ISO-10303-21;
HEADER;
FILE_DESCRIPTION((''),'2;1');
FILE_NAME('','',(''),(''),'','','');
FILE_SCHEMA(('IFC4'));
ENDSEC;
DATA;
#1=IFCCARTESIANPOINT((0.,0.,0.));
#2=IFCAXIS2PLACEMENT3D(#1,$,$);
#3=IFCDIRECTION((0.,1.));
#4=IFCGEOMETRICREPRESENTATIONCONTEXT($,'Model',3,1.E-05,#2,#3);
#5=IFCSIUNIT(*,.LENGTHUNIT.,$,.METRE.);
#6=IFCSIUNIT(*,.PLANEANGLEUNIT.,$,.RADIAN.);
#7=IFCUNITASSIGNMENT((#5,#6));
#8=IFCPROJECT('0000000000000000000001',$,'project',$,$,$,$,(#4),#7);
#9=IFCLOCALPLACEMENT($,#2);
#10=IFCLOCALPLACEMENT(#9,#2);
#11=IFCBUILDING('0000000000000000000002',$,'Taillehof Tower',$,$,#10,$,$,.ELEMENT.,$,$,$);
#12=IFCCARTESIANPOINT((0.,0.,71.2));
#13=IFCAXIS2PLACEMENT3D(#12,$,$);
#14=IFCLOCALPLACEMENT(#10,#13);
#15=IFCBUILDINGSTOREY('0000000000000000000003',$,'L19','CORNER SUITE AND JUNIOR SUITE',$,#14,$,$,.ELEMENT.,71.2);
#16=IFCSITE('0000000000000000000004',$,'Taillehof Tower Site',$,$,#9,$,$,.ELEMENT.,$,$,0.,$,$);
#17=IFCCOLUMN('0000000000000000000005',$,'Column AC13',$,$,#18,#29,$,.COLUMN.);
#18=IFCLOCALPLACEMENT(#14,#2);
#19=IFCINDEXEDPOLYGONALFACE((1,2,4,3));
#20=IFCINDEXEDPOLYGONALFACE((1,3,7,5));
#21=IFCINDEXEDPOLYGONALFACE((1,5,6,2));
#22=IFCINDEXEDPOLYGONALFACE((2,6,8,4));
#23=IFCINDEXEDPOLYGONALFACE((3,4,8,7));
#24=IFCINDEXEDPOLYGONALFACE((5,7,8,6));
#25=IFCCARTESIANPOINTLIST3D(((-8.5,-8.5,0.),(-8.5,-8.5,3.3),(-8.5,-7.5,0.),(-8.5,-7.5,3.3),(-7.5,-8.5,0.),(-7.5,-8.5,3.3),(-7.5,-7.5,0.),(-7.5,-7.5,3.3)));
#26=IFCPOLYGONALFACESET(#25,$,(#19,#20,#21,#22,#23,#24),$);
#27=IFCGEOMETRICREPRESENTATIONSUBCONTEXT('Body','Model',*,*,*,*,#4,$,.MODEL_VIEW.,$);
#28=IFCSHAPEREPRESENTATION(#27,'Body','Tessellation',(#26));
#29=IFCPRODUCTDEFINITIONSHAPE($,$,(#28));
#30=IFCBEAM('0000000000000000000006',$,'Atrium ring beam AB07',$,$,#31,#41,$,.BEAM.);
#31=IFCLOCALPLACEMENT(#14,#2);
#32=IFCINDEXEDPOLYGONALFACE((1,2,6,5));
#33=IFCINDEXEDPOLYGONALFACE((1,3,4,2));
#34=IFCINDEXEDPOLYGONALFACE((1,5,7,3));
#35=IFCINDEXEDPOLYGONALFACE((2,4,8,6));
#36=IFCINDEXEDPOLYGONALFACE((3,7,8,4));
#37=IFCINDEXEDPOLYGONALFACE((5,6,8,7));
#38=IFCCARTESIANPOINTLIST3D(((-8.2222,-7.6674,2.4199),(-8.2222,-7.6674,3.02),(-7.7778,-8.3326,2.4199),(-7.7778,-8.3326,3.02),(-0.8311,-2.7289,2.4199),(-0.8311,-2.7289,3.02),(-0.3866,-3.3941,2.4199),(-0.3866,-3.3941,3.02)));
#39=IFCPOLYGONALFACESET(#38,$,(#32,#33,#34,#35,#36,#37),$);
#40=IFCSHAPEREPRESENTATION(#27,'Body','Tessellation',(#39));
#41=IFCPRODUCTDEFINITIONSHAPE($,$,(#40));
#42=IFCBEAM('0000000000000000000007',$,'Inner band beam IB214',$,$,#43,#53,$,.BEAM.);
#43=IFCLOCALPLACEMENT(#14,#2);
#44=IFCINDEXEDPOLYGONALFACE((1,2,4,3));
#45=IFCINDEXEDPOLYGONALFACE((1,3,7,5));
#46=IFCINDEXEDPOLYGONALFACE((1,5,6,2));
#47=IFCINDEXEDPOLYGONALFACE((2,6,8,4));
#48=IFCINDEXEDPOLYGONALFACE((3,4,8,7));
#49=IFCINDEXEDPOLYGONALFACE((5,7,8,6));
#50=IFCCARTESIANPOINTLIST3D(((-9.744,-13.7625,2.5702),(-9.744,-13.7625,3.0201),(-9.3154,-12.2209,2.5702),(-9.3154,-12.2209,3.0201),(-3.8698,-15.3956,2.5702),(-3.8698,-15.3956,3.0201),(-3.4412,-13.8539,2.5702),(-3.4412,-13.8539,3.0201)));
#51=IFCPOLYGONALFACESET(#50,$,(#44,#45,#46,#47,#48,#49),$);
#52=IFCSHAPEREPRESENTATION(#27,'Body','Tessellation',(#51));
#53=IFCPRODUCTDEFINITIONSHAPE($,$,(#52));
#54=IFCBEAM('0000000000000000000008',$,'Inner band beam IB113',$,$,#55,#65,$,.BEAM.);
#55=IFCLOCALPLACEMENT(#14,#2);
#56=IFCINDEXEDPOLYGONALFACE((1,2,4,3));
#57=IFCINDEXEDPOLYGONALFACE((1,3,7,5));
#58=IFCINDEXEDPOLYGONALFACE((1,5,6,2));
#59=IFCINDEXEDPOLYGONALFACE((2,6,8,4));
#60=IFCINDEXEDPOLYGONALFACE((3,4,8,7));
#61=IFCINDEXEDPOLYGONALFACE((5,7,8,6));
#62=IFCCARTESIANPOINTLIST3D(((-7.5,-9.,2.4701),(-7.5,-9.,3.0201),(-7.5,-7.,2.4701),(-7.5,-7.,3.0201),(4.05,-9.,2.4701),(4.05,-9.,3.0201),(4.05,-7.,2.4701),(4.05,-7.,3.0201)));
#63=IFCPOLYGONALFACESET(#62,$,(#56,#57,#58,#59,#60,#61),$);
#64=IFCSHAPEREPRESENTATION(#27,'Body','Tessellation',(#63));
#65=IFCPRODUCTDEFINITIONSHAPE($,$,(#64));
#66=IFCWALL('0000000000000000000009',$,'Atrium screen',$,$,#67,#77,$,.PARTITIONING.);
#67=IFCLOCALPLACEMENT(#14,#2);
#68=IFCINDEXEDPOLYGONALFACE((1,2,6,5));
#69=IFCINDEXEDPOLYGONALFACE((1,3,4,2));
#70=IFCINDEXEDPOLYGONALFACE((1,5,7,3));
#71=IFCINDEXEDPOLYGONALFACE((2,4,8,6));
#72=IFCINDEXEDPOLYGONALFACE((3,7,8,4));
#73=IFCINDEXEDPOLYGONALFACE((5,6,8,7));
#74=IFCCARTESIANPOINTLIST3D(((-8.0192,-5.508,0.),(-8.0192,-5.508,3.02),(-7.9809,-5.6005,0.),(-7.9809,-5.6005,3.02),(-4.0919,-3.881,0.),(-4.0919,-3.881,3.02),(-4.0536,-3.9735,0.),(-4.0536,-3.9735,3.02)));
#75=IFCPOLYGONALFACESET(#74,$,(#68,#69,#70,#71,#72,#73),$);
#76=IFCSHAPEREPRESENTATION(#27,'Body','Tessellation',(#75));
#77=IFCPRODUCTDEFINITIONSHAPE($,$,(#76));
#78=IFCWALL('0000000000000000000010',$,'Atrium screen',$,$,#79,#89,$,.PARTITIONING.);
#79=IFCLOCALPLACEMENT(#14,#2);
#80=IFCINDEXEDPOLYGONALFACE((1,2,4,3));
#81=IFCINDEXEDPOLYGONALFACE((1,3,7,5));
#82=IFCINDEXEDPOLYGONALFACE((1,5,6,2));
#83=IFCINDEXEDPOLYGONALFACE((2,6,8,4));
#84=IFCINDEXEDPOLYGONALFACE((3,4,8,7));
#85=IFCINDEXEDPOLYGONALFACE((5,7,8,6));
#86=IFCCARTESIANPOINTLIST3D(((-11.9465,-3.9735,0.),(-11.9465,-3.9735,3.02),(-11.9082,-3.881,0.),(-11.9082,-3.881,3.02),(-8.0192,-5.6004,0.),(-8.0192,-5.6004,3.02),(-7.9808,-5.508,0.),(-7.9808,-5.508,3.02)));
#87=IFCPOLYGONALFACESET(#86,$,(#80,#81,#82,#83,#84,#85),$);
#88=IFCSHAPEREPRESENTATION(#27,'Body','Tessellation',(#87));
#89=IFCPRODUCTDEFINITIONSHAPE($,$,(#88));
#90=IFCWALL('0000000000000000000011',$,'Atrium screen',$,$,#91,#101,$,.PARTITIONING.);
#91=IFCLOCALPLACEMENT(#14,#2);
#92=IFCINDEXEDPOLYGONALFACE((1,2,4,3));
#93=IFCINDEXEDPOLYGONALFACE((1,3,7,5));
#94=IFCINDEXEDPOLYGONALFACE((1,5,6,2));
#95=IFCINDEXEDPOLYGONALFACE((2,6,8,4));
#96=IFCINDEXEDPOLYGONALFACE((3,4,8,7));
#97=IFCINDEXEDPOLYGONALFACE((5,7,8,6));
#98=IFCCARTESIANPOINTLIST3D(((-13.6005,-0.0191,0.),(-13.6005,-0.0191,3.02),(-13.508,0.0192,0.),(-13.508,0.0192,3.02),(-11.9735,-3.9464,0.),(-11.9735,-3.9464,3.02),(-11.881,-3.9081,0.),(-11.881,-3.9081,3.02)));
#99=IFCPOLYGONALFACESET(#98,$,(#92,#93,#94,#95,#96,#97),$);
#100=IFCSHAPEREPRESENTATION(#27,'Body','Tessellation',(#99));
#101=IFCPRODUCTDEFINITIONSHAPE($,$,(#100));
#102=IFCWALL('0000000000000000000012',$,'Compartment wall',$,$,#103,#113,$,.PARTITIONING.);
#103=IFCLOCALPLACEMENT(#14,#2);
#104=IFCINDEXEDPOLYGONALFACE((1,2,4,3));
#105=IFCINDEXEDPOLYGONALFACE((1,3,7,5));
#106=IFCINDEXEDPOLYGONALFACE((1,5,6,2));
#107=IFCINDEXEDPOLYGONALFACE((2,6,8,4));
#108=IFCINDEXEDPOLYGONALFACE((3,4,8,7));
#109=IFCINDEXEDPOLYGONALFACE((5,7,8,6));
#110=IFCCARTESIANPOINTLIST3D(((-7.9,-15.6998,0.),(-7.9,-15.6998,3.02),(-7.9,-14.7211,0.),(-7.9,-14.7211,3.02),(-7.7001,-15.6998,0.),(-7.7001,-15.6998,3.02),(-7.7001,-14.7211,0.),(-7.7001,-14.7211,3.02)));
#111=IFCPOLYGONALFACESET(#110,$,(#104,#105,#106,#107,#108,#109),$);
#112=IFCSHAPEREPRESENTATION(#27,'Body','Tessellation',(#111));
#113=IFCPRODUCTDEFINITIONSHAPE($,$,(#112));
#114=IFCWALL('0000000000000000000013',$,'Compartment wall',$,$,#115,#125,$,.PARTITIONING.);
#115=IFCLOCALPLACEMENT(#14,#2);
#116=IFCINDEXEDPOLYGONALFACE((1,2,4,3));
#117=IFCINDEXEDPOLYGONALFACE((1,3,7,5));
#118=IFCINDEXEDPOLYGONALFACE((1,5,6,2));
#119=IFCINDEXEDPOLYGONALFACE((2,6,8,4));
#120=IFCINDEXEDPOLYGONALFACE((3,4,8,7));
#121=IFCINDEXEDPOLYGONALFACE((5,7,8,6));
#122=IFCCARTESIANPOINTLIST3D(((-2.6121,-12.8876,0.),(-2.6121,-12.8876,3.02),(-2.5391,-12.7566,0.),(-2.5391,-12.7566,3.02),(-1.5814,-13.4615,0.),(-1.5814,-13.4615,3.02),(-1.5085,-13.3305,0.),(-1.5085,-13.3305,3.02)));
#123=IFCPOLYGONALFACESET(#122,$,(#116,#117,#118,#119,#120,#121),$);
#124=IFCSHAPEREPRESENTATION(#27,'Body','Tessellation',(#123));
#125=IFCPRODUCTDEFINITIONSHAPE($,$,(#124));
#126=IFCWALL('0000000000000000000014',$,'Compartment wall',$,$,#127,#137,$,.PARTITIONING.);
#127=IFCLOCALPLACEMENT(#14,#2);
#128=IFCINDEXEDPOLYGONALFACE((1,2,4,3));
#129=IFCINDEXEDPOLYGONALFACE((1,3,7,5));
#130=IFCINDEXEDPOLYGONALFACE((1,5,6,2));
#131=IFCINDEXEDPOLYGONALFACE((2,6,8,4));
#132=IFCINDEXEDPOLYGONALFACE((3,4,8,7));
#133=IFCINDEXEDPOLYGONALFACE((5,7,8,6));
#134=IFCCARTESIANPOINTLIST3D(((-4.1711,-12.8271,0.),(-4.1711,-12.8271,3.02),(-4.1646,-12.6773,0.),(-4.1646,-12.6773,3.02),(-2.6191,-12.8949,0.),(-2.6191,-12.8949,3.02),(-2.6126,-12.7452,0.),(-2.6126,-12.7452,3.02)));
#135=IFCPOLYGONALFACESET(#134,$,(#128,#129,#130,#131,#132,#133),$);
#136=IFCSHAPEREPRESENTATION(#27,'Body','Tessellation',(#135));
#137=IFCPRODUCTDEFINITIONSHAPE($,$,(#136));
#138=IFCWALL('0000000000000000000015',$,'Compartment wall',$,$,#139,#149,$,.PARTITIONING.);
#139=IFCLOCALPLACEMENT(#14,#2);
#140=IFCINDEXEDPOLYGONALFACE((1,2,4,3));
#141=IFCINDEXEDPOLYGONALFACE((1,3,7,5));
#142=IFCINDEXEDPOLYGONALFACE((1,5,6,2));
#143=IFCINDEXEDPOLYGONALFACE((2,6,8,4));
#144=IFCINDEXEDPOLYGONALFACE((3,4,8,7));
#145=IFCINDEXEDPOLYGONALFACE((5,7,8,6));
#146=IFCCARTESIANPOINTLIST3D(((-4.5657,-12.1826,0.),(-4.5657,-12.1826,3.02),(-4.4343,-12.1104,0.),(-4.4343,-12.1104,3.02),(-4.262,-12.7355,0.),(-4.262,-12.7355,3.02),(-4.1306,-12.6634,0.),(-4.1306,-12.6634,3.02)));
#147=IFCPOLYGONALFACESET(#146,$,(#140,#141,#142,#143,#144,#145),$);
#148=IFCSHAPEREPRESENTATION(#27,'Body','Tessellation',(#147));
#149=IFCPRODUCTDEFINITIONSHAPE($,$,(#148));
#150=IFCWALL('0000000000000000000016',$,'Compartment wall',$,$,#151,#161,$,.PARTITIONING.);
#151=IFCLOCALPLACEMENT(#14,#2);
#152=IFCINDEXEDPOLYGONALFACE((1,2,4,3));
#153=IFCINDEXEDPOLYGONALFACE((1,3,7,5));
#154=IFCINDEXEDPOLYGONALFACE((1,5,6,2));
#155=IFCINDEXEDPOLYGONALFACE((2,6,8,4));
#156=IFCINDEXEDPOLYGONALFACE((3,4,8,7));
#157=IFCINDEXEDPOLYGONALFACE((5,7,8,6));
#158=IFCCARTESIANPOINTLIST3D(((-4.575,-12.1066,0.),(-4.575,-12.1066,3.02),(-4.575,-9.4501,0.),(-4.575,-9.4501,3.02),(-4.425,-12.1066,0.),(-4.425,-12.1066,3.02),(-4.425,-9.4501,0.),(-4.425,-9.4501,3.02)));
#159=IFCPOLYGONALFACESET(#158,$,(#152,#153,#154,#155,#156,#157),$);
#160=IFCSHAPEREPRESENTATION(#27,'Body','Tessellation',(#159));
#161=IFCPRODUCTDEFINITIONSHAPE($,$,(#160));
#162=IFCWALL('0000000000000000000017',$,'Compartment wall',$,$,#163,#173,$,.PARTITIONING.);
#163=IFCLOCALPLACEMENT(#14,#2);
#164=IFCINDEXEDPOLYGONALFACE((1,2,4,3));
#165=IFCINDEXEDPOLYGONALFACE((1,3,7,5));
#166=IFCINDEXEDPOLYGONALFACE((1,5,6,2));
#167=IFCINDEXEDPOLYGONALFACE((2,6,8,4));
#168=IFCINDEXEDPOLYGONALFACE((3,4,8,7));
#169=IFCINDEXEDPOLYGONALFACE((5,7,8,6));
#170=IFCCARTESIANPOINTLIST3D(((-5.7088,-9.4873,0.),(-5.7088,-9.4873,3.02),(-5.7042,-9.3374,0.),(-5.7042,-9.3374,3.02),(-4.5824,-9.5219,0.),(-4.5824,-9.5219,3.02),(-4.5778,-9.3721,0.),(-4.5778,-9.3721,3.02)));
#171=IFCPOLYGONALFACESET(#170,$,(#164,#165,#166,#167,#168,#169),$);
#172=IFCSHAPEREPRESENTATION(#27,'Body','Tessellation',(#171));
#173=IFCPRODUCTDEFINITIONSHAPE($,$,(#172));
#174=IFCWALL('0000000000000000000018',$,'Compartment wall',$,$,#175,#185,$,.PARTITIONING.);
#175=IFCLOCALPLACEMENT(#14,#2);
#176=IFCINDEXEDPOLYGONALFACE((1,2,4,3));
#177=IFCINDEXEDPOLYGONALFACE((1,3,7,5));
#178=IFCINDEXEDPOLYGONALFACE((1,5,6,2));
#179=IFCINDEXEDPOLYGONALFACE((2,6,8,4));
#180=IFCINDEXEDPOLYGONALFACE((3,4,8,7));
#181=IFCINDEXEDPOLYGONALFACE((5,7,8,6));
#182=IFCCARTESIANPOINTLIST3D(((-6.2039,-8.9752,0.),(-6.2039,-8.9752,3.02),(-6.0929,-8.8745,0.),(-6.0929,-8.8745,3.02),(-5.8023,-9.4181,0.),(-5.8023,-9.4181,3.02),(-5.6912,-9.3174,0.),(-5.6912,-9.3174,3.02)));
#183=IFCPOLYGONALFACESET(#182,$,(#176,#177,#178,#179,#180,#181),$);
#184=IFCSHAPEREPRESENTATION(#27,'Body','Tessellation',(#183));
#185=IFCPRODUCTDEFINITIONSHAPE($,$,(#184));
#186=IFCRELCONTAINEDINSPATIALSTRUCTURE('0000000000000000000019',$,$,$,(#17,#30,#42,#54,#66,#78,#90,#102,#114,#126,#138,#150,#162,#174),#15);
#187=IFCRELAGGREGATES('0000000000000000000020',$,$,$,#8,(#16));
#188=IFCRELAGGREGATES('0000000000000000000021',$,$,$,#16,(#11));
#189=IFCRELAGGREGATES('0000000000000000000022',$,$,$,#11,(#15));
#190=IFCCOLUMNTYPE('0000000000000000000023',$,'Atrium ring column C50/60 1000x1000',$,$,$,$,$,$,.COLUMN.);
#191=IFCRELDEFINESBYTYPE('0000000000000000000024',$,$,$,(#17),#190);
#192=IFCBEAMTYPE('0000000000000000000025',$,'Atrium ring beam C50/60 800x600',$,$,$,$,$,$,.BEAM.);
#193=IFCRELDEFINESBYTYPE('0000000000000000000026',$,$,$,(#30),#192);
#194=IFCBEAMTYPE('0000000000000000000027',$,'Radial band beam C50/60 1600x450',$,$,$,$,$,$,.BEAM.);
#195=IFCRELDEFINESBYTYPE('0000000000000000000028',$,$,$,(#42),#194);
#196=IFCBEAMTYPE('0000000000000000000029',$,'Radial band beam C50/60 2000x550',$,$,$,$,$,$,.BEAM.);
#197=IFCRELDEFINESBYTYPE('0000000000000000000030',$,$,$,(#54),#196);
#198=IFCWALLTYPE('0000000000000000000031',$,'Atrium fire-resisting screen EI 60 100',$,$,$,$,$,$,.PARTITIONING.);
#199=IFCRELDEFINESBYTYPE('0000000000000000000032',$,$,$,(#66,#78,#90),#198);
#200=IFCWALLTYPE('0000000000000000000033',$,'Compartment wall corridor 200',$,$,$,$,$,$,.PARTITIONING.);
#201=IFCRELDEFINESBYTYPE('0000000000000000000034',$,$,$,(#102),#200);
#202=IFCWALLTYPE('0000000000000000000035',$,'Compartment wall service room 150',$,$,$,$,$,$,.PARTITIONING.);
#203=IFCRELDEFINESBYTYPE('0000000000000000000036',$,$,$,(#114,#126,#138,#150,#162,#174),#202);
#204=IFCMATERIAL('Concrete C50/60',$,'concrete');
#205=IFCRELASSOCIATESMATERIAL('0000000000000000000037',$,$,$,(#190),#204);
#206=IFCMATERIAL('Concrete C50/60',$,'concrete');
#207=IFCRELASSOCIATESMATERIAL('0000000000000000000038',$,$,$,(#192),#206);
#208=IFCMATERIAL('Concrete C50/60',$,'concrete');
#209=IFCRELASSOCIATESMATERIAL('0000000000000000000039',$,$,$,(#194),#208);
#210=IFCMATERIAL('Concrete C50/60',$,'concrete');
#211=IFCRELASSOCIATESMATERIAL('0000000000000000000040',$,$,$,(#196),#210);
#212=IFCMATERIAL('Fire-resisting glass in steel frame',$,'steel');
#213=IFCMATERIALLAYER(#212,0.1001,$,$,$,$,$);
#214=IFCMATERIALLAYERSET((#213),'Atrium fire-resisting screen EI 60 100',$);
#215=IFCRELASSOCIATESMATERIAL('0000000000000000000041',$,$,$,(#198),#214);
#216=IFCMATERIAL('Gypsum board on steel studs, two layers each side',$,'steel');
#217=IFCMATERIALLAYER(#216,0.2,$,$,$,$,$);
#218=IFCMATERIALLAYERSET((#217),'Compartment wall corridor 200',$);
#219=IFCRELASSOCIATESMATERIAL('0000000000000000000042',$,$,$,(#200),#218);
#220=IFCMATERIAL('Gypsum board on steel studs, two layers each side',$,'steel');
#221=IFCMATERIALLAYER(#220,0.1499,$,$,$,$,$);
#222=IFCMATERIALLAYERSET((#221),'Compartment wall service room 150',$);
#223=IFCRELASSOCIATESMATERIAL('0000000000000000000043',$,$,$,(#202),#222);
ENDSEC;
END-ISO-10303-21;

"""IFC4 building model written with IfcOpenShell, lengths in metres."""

from ifc_helpers import new_model, si_unit, direction, frame, frame_2d, origin, origin_2d, place, context, subcontext, project, spatial, rectangle, extrude, material, layer, layer_set, material_profile, profile_set, type_object, element, save


model = new_model("IFC4")

# Units and contexts
model_context = context("Model", 3, precision=1e-05, world=origin(), true_north=direction((0.0, 1.0)))
body_context = subcontext(model_context, "Body", "Model", "MODEL_VIEW")
ifc_project = project(units=[si_unit("LENGTHUNIT", "METRE"), si_unit("PLANEANGLEUNIT", "RADIAN")], contexts=[model_context])

# Site, building, storey
site_placement = place(None, origin())
site = spatial("IfcSite", under=ifc_project, at=site_placement, Name="Taillehof Tower Site", CompositionType="ELEMENT", RefElevation=0.0)
building_placement = place(site_placement, origin())
building = spatial("IfcBuilding", under=site, at=building_placement, Name="Taillehof Tower", CompositionType="ELEMENT")
storey_placement = place(building_placement, frame((0.0, 0.0, 71.2)))
storey = spatial("IfcBuildingStorey", under=building, at=storey_placement, Name="L19", Description="CORNER SUITE AND JUNIOR SUITE", CompositionType="ELEMENT", Elevation=71.2)

# Column
ifc_material_1 = material(Name="Concrete C50/60", Category="concrete")
ifc_material_profile_1 = material_profile(ifc_material_1, rectangle(XDim=1.0, YDim=1.0, at=origin_2d()), Name="RC 1000x1000")
ifc_profile_set_1 = profile_set([ifc_material_profile_1], Name="Concrete C50/60")
column_type = type_object("IfcColumnType", Name="Atrium ring column C50/60 1000x1000", PredefinedType="COLUMN", material=ifc_profile_set_1)
column_placement = place(storey_placement, frame((-8.0, -8.0, 0.0), z_axis=(0.0, 0.0, 1.0), x_axis=(1.0, 0.0, 0.0)))
element("IfcColumn", 1, at=column_placement, inside=storey, type_object=column_type, Name="Column AC13", PredefinedType="COLUMN", context=body_context, shape_type="SweptSolid", body=[
    extrude(rectangle(XDim=1.0, YDim=1.0, at=origin_2d()), origin(), (0.0, 0.0, 1.0), 3.3),
])

# Beams
ifc_material_2 = material(Name="Concrete C50/60", Category="concrete")
ifc_material_profile_2 = material_profile(ifc_material_2, rectangle(XDim=0.8, YDim=0.6001, at=origin_2d()), Name="RC 800x600")
ifc_profile_set_2 = profile_set([ifc_material_profile_2], Name="Concrete C50/60")
beam_type_1 = type_object("IfcBeamType", Name="Atrium ring beam C50/60 800x600", PredefinedType="BEAM", material=ifc_profile_set_2)
beam_1_placement = place(storey_placement, frame((-8.0, -8.0, 2.72), z_axis=(0.831475, 0.555562, 0.0), x_axis=(-0.555562, 0.831475, 0.0)))
element("IfcBeam", 2, at=beam_1_placement, inside=storey, type_object=beam_type_1, Name="Atrium ring beam AB07", PredefinedType="BEAM", context=body_context, shape_type="SweptSolid", body=[
    extrude(rectangle(XDim=0.8, YDim=0.6001, at=origin_2d()), origin(), (0.0, 0.0, 1.0), 8.8892),
])
ifc_material_3 = material(Name="Concrete C50/60", Category="concrete")
ifc_material_profile_3 = material_profile(ifc_material_3, rectangle(XDim=1.6001, YDim=0.45, at=origin_2d()), Name="RC 1600x450")
ifc_profile_set_3 = profile_set([ifc_material_profile_3], Name="Concrete C50/60")
beam_type_2 = type_object("IfcBeamType", Name="Radial band beam C50/60 1600x450", PredefinedType="BEAM", material=ifc_profile_set_3)
beam_2_placement = place(storey_placement, frame((-3.6555, -14.6248, 2.7952), z_axis=(-0.963459, 0.267855, 0.0), x_axis=(-0.267855, -0.963459, 0.0)))
element("IfcBeam", 3, at=beam_2_placement, inside=storey, type_object=beam_type_2, Name="Inner band beam IB214", PredefinedType="BEAM", context=body_context, shape_type="SweptSolid", body=[
    extrude(rectangle(XDim=1.6001, YDim=0.45, at=origin_2d()), origin(), (0.0, 0.0, 1.0), 6.0969),
])
ifc_material_4 = material(Name="Concrete C50/60", Category="concrete")
ifc_material_profile_4 = material_profile(ifc_material_4, rectangle(XDim=2.0, YDim=0.55, at=origin_2d()), Name="RC 2000x550")
ifc_profile_set_4 = profile_set([ifc_material_profile_4], Name="Concrete C50/60")
beam_type_3 = type_object("IfcBeamType", Name="Radial band beam C50/60 2000x550", PredefinedType="BEAM", material=ifc_profile_set_4)
beam_3_placement = place(storey_placement, frame((-7.5, -8.0, 2.7451), z_axis=(1.0, 0.0, 0.0), x_axis=(0.0, 1.0, 0.0)))
element("IfcBeam", 4, at=beam_3_placement, inside=storey, type_object=beam_type_3, Name="Inner band beam IB113", PredefinedType="BEAM", context=body_context, shape_type="SweptSolid", body=[
    extrude(rectangle(XDim=2.0, YDim=0.55, at=origin_2d()), origin(), (0.0, 0.0, 1.0), 11.55),
])

# Walls
ifc_material_5 = material(Name="Fire-resisting glass in steel frame", Category="steel")
ifc_layer_1 = layer(ifc_material_5, 0.1001)
ifc_layer_set_1 = layer_set([ifc_layer_1], Name="Atrium fire-resisting screen EI 60 100")
wall_type_1 = type_object("IfcWallType", Name="Atrium fire-resisting screen EI 60 100", PredefinedType="PARTITIONING", material=ifc_layer_set_1)
for number, where, z_axis, x_axis, name in (
    (5, (-4.0728, -3.9272, 0.0), (0.0, 0.0, 1.0), (-0.92386, -0.382731, 0.0), "Atrium screen"),
    (6, (-8.0, -5.5542, 0.0), (0.0, 0.0, 1.0), (-0.92386, 0.382731, 0.0), "Atrium screen"),
    (7, (-11.9272, -3.9272, 0.0), (0.0, 0.0, 1.0), (-0.382731, 0.92386, 0.0), "Atrium screen"),
):
    element("IfcWall", number, at=place(storey_placement, frame(where, z_axis=z_axis, x_axis=x_axis)), inside=storey, type_object=wall_type_1, Name=name, PredefinedType="PARTITIONING", context=body_context, shape_type="SweptSolid", body=[
        extrude(rectangle(XDim=4.251, YDim=0.1001, at=frame_2d((2.1255, 0.0))), origin(), (0.0, 0.0, 1.0), 3.02),
    ])
ifc_material_6 = material(Name="Gypsum board on steel studs, two layers each side", Category="steel")
ifc_layer_2 = layer(ifc_material_6, 0.2)
ifc_layer_set_2 = layer_set([ifc_layer_2], Name="Compartment wall corridor 200")
wall_type_2 = type_object("IfcWallType", Name="Compartment wall corridor 200", PredefinedType="PARTITIONING", material=ifc_layer_set_2)
wall_1_placement = place(storey_placement, frame((-7.8, -14.7212, 0.0), z_axis=(0.0, 0.0, 1.0), x_axis=(0.0, -1.0, 0.0)))
element("IfcWall", 8, at=wall_1_placement, inside=storey, type_object=wall_type_2, Name="Compartment wall", PredefinedType="PARTITIONING", context=body_context, shape_type="SweptSolid", body=[
    extrude(rectangle(XDim=0.9788, YDim=0.2, at=frame_2d((0.4893, 0.0))), origin(), (0.0, 0.0, 1.0), 3.02),
])
ifc_material_7 = material(Name="Gypsum board on steel studs, two layers each side", Category="steel")
ifc_layer_3 = layer(ifc_material_7, 0.1499)
ifc_layer_set_3 = layer_set([ifc_layer_3], Name="Compartment wall service room 150")
wall_type_3 = type_object("IfcWallType", Name="Compartment wall service room 150", PredefinedType="PARTITIONING", material=ifc_layer_set_3)
wall_2_placement = place(storey_placement, frame((-1.5449, -13.396, 0.0), z_axis=(0.0, 0.0, 1.0), x_axis=(-0.873679, 0.486504, 0.0)))
element("IfcWall", 9, at=wall_2_placement, inside=storey, type_object=wall_type_3, Name="Compartment wall", PredefinedType="PARTITIONING", context=body_context, shape_type="SweptSolid", body=[
    extrude(rectangle(XDim=1.1797, YDim=0.1499, at=frame_2d((0.5898, 0.0))), origin(), (0.0, 0.0, 1.0), 3.02),
])
wall_3_placement = place(storey_placement, frame((-2.6157, -12.8201, 0.0), z_axis=(0.0, 0.0, 1.0), x_axis=(-0.999045, 0.04369, 0.0)))
element("IfcWall", 10, at=wall_3_placement, inside=storey, type_object=wall_type_3, Name="Compartment wall", PredefinedType="PARTITIONING", context=body_context, shape_type="SweptSolid", body=[
    extrude(rectangle(XDim=1.5535, YDim=0.1499, at=frame_2d((0.7769, 0.0))), origin(), (0.0, 0.0, 1.0), 3.02),
])
wall_4_placement = place(storey_placement, frame((-4.1963, -12.6995, 0.0), z_axis=(0.0, 0.0, 1.0), x_axis=(-0.481399, 0.876502, 0.0)))
element("IfcWall", 11, at=wall_4_placement, inside=storey, type_object=wall_type_3, Name="Compartment wall", PredefinedType="PARTITIONING", context=body_context, shape_type="SweptSolid", body=[
    extrude(rectangle(XDim=0.6309, YDim=0.1499, at=frame_2d((0.3154, 0.0))), origin(), (0.0, 0.0, 1.0), 3.02),
])
wall_5_placement = place(storey_placement, frame((-4.5, -12.1064, 0.0), z_axis=(0.0, 0.0, 1.0), x_axis=(0.0, 1.0, 0.0)))
element("IfcWall", 12, at=wall_5_placement, inside=storey, type_object=wall_type_3, Name="Compartment wall", PredefinedType="PARTITIONING", context=body_context, shape_type="SweptSolid", body=[
    extrude(rectangle(XDim=2.6565, YDim=0.1499, at=frame_2d((1.3281, 0.0))), origin(), (0.0, 0.0, 1.0), 3.02),
])
wall_6_placement = place(storey_placement, frame((-4.5801, -9.447, 0.0), z_axis=(0.0, 0.0, 1.0), x_axis=(-0.999527, 0.030761, 0.0)))
element("IfcWall", 13, at=wall_6_placement, inside=storey, type_object=wall_type_3, Name="Compartment wall", PredefinedType="PARTITIONING", context=body_context, shape_type="SweptSolid", body=[
    extrude(rectangle(XDim=1.127, YDim=0.1499, at=frame_2d((0.5635, 0.0))), origin(), (0.0, 0.0, 1.0), 3.02),
])
wall_7_placement = place(storey_placement, frame((-5.7468, -9.3677, 0.0), z_axis=(0.0, 0.0, 1.0), x_axis=(-0.671758, 0.740771, 0.0)))
element("IfcWall", 14, at=wall_7_placement, inside=storey, type_object=wall_type_3, Name="Compartment wall", PredefinedType="PARTITIONING", context=body_context, shape_type="SweptSolid", body=[
    extrude(rectangle(XDim=0.5979, YDim=0.1499, at=frame_2d((0.2988, 0.0))), origin(), (0.0, 0.0, 1.0), 3.02),
])

save(model, "model.ifc")
